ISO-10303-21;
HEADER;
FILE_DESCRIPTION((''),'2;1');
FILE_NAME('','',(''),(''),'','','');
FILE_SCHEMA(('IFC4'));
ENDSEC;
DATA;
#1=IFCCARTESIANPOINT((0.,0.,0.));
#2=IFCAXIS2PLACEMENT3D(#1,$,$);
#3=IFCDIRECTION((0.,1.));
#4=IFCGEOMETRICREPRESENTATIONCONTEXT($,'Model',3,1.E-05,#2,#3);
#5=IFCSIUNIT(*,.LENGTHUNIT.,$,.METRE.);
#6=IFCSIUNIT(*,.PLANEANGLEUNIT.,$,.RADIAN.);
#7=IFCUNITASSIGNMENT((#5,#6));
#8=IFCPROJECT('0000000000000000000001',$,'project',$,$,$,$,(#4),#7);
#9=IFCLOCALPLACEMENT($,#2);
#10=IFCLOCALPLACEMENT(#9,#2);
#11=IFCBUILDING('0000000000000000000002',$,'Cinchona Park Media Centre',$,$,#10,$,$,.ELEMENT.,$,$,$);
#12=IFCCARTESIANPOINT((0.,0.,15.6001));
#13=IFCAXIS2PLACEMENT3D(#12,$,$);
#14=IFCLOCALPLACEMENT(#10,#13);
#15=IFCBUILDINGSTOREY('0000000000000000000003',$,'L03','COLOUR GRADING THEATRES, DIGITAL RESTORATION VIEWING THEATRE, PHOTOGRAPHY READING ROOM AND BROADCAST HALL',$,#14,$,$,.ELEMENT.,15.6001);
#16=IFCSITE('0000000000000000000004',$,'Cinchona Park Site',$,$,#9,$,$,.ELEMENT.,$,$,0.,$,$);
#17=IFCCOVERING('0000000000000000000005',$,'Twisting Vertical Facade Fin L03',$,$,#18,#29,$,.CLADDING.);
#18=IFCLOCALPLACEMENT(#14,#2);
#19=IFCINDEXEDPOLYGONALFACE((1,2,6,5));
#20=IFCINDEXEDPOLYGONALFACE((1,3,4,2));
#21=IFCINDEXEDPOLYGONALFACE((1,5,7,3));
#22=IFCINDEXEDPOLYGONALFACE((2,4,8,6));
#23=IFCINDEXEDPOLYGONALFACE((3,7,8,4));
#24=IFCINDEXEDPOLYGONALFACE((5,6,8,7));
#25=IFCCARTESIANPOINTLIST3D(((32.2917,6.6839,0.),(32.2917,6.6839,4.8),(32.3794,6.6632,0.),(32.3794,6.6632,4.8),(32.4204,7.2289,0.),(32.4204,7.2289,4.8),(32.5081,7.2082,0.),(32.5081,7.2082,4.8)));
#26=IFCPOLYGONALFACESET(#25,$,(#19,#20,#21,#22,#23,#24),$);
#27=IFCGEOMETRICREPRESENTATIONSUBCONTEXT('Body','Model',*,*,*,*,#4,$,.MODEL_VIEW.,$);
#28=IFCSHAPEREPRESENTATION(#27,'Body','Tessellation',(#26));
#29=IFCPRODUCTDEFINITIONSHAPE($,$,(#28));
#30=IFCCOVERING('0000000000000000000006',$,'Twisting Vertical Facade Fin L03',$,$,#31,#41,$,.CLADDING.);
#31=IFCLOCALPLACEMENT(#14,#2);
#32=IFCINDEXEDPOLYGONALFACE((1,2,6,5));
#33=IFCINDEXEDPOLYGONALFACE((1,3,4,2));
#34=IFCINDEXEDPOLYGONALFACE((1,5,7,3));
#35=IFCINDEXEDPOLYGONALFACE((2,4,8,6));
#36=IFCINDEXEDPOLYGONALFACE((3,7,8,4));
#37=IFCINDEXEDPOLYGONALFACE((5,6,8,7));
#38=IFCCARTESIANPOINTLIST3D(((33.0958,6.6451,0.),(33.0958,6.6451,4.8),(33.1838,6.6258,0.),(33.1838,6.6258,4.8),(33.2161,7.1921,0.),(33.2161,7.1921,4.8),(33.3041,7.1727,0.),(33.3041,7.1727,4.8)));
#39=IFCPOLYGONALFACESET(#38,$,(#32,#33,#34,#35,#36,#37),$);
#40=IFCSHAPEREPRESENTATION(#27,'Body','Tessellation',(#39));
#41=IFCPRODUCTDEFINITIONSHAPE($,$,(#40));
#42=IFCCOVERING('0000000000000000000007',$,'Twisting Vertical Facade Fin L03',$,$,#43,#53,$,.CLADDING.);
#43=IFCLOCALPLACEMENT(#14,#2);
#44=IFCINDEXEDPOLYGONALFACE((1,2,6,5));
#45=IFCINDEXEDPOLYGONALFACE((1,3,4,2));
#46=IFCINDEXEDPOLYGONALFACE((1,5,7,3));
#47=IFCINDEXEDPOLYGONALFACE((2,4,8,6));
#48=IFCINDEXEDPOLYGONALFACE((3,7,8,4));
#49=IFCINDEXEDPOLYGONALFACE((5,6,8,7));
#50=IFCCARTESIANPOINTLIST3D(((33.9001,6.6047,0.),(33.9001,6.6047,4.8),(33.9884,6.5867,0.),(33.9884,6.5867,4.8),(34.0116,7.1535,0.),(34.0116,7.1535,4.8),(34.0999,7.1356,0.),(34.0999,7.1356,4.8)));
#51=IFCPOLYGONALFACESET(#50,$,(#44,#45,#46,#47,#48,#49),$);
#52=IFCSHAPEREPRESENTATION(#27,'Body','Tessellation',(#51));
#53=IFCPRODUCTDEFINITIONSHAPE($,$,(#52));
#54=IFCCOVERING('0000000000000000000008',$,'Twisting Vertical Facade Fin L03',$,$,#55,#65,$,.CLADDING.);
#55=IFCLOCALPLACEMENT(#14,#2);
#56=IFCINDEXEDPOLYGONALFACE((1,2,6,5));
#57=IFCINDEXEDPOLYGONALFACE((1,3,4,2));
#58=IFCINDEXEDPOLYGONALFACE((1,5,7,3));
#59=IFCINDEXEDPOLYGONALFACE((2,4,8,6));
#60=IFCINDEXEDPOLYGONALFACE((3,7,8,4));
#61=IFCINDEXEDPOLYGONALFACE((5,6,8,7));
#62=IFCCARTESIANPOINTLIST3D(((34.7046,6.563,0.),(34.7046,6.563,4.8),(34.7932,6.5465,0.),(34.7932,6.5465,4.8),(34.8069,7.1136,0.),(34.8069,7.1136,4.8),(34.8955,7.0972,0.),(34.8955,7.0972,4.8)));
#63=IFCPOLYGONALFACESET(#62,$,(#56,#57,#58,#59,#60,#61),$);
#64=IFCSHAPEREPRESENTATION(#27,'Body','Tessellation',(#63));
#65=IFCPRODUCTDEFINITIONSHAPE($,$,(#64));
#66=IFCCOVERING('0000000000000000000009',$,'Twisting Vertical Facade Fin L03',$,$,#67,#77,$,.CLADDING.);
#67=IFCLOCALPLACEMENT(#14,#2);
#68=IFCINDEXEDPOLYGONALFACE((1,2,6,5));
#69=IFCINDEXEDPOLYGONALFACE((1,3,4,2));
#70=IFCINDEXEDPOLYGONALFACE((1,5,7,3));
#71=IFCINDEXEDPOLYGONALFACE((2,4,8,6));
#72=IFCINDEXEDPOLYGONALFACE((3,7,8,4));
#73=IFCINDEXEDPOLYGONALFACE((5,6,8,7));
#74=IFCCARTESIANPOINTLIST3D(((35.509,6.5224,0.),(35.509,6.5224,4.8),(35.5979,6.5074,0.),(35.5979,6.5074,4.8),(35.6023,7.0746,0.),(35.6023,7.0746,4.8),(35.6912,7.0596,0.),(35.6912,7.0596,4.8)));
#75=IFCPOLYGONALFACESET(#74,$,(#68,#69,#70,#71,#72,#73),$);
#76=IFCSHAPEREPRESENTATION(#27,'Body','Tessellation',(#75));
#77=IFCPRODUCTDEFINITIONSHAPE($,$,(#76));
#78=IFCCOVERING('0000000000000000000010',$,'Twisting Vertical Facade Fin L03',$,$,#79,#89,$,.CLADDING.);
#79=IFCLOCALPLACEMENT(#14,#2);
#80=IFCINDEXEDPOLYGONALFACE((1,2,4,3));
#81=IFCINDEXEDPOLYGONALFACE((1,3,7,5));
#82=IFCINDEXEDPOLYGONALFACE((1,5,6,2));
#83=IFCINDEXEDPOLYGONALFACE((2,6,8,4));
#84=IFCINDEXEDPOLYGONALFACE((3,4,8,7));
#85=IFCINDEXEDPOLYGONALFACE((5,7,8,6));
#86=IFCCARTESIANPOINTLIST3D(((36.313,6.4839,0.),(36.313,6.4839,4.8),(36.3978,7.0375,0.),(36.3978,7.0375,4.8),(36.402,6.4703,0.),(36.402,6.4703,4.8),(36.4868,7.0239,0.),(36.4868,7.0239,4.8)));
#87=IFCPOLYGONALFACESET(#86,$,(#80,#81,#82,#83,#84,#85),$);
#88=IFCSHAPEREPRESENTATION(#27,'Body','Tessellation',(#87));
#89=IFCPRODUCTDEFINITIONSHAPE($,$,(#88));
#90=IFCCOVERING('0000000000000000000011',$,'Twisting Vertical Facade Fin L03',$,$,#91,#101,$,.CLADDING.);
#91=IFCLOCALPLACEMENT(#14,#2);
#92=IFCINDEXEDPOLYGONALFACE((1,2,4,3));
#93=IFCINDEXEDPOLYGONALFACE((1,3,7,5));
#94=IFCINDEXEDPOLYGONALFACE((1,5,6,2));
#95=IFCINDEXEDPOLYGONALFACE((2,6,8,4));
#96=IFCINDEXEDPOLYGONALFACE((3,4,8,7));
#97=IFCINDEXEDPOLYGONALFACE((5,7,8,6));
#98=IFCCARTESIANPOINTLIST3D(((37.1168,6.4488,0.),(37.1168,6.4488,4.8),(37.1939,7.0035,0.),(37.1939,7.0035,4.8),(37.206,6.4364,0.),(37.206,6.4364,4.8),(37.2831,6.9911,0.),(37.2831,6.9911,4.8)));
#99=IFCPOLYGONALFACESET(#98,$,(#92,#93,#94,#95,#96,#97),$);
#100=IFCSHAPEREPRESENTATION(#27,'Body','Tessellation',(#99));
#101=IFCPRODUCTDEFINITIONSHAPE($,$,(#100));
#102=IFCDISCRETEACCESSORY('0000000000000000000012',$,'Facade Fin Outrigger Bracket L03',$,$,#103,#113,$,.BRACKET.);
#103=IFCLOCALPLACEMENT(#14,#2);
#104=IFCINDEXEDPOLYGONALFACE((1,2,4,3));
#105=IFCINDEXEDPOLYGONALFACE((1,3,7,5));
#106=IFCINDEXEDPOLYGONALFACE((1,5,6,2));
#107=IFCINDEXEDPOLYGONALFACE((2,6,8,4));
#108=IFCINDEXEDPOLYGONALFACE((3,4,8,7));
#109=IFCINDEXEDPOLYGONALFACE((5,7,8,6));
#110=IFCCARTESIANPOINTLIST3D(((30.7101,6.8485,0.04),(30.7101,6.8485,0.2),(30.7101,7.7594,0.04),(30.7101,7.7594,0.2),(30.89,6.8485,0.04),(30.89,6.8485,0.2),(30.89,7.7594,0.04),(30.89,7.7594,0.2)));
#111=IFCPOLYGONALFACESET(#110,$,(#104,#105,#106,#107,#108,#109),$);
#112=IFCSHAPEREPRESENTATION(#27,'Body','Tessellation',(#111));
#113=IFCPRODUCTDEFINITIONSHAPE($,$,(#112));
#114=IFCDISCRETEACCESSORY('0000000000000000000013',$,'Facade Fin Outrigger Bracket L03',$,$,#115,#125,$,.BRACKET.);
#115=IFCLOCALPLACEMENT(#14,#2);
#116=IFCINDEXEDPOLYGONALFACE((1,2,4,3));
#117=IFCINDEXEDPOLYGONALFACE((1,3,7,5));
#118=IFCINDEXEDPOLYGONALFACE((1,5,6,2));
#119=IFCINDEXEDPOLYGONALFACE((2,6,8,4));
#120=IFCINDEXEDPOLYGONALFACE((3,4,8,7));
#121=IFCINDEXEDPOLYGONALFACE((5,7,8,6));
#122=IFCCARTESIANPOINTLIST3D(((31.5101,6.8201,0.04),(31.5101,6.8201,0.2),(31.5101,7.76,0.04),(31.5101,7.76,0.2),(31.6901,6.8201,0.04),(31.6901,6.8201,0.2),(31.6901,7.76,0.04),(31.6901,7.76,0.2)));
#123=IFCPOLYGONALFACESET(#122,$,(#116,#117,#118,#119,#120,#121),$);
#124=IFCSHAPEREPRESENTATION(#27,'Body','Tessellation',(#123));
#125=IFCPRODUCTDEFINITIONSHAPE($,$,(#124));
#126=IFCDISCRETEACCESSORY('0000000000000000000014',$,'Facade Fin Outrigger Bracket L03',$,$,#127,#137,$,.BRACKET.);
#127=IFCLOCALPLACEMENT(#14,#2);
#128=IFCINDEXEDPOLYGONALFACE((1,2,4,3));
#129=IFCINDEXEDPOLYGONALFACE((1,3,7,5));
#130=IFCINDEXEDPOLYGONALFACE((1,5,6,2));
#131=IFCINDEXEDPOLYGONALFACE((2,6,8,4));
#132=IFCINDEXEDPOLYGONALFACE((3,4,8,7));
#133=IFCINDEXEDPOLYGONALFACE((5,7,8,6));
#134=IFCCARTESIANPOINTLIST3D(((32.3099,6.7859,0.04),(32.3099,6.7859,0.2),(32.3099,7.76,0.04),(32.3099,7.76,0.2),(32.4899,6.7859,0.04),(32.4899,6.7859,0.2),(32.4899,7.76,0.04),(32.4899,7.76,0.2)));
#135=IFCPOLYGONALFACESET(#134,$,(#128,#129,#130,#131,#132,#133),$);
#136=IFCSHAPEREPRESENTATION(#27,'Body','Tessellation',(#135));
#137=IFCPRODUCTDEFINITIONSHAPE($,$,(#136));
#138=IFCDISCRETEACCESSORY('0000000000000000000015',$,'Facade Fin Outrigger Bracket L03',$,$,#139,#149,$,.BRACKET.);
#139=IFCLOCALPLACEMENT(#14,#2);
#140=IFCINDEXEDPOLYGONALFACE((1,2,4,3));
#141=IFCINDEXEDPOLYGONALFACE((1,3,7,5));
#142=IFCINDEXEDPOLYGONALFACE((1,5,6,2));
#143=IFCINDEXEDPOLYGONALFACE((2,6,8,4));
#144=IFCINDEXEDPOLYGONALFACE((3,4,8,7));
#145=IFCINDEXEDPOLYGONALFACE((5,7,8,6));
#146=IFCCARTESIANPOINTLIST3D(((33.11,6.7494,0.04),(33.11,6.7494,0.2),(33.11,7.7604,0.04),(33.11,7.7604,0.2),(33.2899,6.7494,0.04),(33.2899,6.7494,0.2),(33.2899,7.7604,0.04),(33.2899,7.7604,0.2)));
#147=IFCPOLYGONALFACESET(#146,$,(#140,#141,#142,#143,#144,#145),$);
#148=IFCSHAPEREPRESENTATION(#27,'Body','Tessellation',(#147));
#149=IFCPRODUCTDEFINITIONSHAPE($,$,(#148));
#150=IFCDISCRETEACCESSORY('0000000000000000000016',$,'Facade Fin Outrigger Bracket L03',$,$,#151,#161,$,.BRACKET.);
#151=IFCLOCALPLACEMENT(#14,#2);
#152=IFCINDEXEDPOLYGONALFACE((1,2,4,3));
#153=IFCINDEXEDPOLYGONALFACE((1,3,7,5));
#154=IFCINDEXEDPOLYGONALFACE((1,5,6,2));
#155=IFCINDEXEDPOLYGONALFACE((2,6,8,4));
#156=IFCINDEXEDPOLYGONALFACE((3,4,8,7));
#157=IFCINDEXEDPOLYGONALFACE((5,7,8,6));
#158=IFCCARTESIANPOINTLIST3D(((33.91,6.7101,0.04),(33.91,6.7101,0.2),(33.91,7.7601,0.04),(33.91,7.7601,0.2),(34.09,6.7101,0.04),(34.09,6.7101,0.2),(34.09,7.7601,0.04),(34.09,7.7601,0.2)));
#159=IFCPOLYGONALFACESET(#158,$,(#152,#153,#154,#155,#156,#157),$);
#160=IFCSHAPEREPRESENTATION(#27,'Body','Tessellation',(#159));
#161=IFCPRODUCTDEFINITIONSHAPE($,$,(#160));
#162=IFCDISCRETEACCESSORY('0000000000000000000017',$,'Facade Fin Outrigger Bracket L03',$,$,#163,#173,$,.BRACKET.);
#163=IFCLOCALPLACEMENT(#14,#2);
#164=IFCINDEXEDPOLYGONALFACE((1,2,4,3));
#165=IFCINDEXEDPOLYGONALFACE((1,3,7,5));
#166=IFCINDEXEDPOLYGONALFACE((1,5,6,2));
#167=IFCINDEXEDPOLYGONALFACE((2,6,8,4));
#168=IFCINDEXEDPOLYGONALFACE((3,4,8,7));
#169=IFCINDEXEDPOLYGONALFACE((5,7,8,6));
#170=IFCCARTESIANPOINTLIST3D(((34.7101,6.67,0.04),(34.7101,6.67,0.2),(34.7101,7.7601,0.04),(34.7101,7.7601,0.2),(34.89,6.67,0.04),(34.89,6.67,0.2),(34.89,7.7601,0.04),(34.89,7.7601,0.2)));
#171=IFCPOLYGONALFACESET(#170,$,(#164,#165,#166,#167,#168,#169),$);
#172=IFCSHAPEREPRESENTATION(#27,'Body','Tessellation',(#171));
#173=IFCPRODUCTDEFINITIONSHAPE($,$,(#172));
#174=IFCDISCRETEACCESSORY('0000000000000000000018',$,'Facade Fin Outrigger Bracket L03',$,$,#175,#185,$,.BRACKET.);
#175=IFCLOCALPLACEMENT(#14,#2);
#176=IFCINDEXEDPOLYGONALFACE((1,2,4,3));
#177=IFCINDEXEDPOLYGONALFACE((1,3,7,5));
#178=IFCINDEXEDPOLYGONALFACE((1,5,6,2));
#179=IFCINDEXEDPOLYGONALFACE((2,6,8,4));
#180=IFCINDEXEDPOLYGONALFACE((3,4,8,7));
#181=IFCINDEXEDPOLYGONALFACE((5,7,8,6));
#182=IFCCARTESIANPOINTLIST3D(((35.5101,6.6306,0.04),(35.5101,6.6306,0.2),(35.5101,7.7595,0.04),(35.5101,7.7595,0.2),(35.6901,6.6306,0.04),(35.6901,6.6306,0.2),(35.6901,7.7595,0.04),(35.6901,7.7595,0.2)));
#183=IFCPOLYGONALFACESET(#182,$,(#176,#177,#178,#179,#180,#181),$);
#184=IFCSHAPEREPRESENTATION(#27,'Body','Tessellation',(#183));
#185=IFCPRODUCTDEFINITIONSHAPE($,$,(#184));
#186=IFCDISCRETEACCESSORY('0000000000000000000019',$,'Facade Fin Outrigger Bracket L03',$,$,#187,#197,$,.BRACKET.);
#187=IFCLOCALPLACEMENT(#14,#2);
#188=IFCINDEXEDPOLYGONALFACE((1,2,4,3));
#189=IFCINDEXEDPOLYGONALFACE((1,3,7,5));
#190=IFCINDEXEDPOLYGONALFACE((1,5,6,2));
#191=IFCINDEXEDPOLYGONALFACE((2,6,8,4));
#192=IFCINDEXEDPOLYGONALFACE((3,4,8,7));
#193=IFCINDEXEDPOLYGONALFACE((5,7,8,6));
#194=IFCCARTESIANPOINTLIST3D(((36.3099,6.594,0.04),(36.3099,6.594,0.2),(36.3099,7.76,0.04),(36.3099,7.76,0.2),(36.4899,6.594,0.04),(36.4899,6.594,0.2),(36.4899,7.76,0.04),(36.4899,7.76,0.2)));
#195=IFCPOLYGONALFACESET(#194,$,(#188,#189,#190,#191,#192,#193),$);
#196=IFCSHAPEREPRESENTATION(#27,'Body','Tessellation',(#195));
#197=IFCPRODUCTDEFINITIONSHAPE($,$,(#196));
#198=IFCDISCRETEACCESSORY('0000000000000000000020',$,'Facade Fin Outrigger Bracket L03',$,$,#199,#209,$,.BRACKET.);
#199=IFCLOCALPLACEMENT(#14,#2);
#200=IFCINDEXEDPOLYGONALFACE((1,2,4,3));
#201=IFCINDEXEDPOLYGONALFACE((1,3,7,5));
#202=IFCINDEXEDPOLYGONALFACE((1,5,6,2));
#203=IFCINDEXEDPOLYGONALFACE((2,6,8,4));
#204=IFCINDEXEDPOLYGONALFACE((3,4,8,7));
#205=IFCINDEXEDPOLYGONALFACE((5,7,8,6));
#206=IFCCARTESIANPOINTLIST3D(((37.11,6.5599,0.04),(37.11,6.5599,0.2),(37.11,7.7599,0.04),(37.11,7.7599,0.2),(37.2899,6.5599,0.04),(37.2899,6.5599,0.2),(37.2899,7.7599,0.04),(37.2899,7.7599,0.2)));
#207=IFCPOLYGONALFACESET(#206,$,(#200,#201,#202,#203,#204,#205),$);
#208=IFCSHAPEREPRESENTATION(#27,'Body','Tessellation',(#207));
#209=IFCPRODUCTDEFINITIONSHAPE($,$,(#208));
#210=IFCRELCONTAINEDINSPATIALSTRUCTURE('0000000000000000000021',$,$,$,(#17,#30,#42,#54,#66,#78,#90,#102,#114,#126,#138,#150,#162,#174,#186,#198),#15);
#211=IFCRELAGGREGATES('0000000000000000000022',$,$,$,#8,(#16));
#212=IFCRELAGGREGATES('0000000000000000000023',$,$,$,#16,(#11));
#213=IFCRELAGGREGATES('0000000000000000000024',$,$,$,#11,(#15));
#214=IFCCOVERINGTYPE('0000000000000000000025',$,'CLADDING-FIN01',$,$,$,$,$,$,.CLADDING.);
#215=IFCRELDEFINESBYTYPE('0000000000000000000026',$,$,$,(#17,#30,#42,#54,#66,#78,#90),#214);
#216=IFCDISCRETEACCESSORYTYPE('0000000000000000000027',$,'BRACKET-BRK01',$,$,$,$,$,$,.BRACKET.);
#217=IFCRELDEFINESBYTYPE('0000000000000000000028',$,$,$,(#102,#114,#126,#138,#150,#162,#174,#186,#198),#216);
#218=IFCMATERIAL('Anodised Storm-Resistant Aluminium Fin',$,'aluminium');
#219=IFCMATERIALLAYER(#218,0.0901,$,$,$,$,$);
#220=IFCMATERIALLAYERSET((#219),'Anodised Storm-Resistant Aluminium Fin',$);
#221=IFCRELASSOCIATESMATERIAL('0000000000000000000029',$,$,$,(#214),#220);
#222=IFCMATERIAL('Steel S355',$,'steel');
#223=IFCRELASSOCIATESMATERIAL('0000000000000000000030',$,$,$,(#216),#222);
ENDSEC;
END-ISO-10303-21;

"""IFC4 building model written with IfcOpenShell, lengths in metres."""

from ifc_helpers import new_model, si_unit, direction, frame, origin, origin_2d, place, context, subcontext, project, spatial, rectangle, extrude, material, layer, layer_set, type_object, element, save


model = new_model("IFC4")

# Units and contexts
model_context = context("Model", 3, precision=1e-05, world=origin(), true_north=direction((0.0, 1.0)))
body_context = subcontext(model_context, "Body", "Model", "MODEL_VIEW")
ifc_project = project(units=[si_unit("LENGTHUNIT", "METRE"), si_unit("PLANEANGLEUNIT", "RADIAN")], contexts=[model_context])

# Site, building, storey
site_placement = place(None, origin())
site = spatial("IfcSite", under=ifc_project, at=site_placement, Name="Cinchona Park Site", CompositionType="ELEMENT", RefElevation=0.0)
building_placement = place(site_placement, origin())
building = spatial("IfcBuilding", under=site, at=building_placement, Name="Cinchona Park Media Centre", CompositionType="ELEMENT")
storey_placement = place(building_placement, frame((0.0, 0.0, 15.6001)))
storey = spatial("IfcBuildingStorey", under=building, at=storey_placement, Name="L03", Description="COLOUR GRADING THEATRES, DIGITAL RESTORATION VIEWING THEATRE, PHOTOGRAPHY READING ROOM AND BROADCAST HALL", CompositionType="ELEMENT", Elevation=15.6001)

# Coverings
ifc_material_1 = material(Name="Anodised Storm-Resistant Aluminium Fin", Category="aluminium")
ifc_layer_1 = layer(ifc_material_1, 0.0901)
ifc_layer_set_1 = layer_set([ifc_layer_1], Name="Anodised Storm-Resistant Aluminium Fin")
covering_type = type_object("IfcCoveringType", Name="CLADDING-FIN01", PredefinedType="CLADDING", material=ifc_layer_set_1)
for number, where, z_axis, x_axis, name in (
    (1, (32.3999, 6.946, 0.0), (0.0, 0.0, 1.0), (0.22988, 0.973219, 0.0), "Twisting Vertical Facade Fin L03"),
    (2, (33.2, 6.9089, 0.0), (0.0, 0.0, 1.0), (0.214906, 0.976635, 0.0), "Twisting Vertical Facade Fin L03"),
    (3, (34.0, 6.8701, 0.0), (0.0, 0.0, 1.0), (0.199026, 0.979994, 0.0), "Twisting Vertical Facade Fin L03"),
    (4, (34.8, 6.8301, 0.0), (0.0, 0.0, 1.0), (0.182579, 0.983191, 0.0), "Twisting Vertical Facade Fin L03"),
    (5, (35.6001, 6.791, 0.0), (0.0, 0.0, 1.0), (0.166597, 0.986025, 0.0), "Twisting Vertical Facade Fin L03"),
    (6, (36.3999, 6.7539, 0.0), (0.0, 0.0, 1.0), (0.151433, 0.988467, 0.0), "Twisting Vertical Facade Fin L03"),
    (7, (37.2, 6.72, 0.0), (0.0, 0.0, 1.0), (0.137617, 0.990485, 0.0), "Twisting Vertical Facade Fin L03"),
):
    element("IfcCovering", number, at=place(storey_placement, frame(where, z_axis=z_axis, x_axis=x_axis)), inside=storey, type_object=covering_type, Name=name, PredefinedType="CLADDING", context=body_context, shape_type="SweptSolid", body=[
        extrude(rectangle(XDim=0.5601, YDim=0.0901, at=origin_2d()), origin(), (0.0, 0.0, 1.0), 4.8),
    ])

# Discrete accessories
ifc_material_2 = material(Name="Steel S355", Category="steel")
discrete_accessory_type = type_object("IfcDiscreteAccessoryType", Name="BRACKET-BRK01", PredefinedType="BRACKET", material=ifc_material_2)
discrete_accessory_1_placement = place(storey_placement, frame((30.8, 7.304, 0.04), z_axis=(0.0, 0.0, 1.0), x_axis=(1.0, 0.0, 0.0)))
element("IfcDiscreteAccessory", 8, at=discrete_accessory_1_placement, inside=storey, type_object=discrete_accessory_type, Name="Facade Fin Outrigger Bracket L03", PredefinedType="BRACKET", context=body_context, shape_type="SweptSolid", body=[
    extrude(rectangle(XDim=0.1799, YDim=0.9109, at=origin_2d()), origin(), (0.0, 0.0, 1.0), 0.1599),
])
discrete_accessory_2_placement = place(storey_placement, frame((31.6001, 7.29, 0.04), z_axis=(0.0, 0.0, 1.0), x_axis=(1.0, 0.0, 0.0)))
element("IfcDiscreteAccessory", 9, at=discrete_accessory_2_placement, inside=storey, type_object=discrete_accessory_type, Name="Facade Fin Outrigger Bracket L03", PredefinedType="BRACKET", context=body_context, shape_type="SweptSolid", body=[
    extrude(rectangle(XDim=0.1799, YDim=0.9399, at=origin_2d()), origin(), (0.0, 0.0, 1.0), 0.1599),
])
discrete_accessory_3_placement = place(storey_placement, frame((32.3999, 7.2729, 0.04), z_axis=(0.0, 0.0, 1.0), x_axis=(1.0, 0.0, 0.0)))
element("IfcDiscreteAccessory", 10, at=discrete_accessory_3_placement, inside=storey, type_object=discrete_accessory_type, Name="Facade Fin Outrigger Bracket L03", PredefinedType="BRACKET", context=body_context, shape_type="SweptSolid", body=[
    extrude(rectangle(XDim=0.1799, YDim=0.9741, at=origin_2d()), origin(), (0.0, 0.0, 1.0), 0.1599),
])
discrete_accessory_4_placement = place(storey_placement, frame((33.2, 7.2549, 0.04), z_axis=(0.0, 0.0, 1.0), x_axis=(1.0, 0.0, 0.0)))
element("IfcDiscreteAccessory", 11, at=discrete_accessory_4_placement, inside=storey, type_object=discrete_accessory_type, Name="Facade Fin Outrigger Bracket L03", PredefinedType="BRACKET", context=body_context, shape_type="SweptSolid", body=[
    extrude(rectangle(XDim=0.1799, YDim=1.011, at=origin_2d()), origin(), (0.0, 0.0, 1.0), 0.1599),
])
discrete_accessory_5_placement = place(storey_placement, frame((34.0, 7.2351, 0.04), z_axis=(0.0, 0.0, 1.0), x_axis=(1.0, 0.0, 0.0)))
element("IfcDiscreteAccessory", 12, at=discrete_accessory_5_placement, inside=storey, type_object=discrete_accessory_type, Name="Facade Fin Outrigger Bracket L03", PredefinedType="BRACKET", context=body_context, shape_type="SweptSolid", body=[
    extrude(rectangle(XDim=0.1799, YDim=1.05, at=origin_2d()), origin(), (0.0, 0.0, 1.0), 0.1599),
])
discrete_accessory_6_placement = place(storey_placement, frame((34.8, 7.2151, 0.04), z_axis=(0.0, 0.0, 1.0), x_axis=(1.0, 0.0, 0.0)))
element("IfcDiscreteAccessory", 13, at=discrete_accessory_6_placement, inside=storey, type_object=discrete_accessory_type, Name="Facade Fin Outrigger Bracket L03", PredefinedType="BRACKET", context=body_context, shape_type="SweptSolid", body=[
    extrude(rectangle(XDim=0.1799, YDim=1.0901, at=origin_2d()), origin(), (0.0, 0.0, 1.0), 0.1599),
])
discrete_accessory_7_placement = place(storey_placement, frame((35.6001, 7.1951, 0.04), z_axis=(0.0, 0.0, 1.0), x_axis=(1.0, 0.0, 0.0)))
element("IfcDiscreteAccessory", 14, at=discrete_accessory_7_placement, inside=storey, type_object=discrete_accessory_type, Name="Facade Fin Outrigger Bracket L03", PredefinedType="BRACKET", context=body_context, shape_type="SweptSolid", body=[
    extrude(rectangle(XDim=0.1799, YDim=1.1289, at=origin_2d()), origin(), (0.0, 0.0, 1.0), 0.1599),
])
discrete_accessory_8_placement = place(storey_placement, frame((36.3999, 7.177, 0.04), z_axis=(0.0, 0.0, 1.0), x_axis=(1.0, 0.0, 0.0)))
element("IfcDiscreteAccessory", 15, at=discrete_accessory_8_placement, inside=storey, type_object=discrete_accessory_type, Name="Facade Fin Outrigger Bracket L03", PredefinedType="BRACKET", context=body_context, shape_type="SweptSolid", body=[
    extrude(rectangle(XDim=0.1799, YDim=1.166, at=origin_2d()), origin(), (0.0, 0.0, 1.0), 0.1599),
])
discrete_accessory_9_placement = place(storey_placement, frame((37.2, 7.1599, 0.04), z_axis=(0.0, 0.0, 1.0), x_axis=(1.0, 0.0, 0.0)))
element("IfcDiscreteAccessory", 16, at=discrete_accessory_9_placement, inside=storey, type_object=discrete_accessory_type, Name="Facade Fin Outrigger Bracket L03", PredefinedType="BRACKET", context=body_context, shape_type="SweptSolid", body=[
    extrude(rectangle(XDim=0.1799, YDim=1.2, at=origin_2d()), origin(), (0.0, 0.0, 1.0), 0.1599),
])

save(model, "model.ifc")
